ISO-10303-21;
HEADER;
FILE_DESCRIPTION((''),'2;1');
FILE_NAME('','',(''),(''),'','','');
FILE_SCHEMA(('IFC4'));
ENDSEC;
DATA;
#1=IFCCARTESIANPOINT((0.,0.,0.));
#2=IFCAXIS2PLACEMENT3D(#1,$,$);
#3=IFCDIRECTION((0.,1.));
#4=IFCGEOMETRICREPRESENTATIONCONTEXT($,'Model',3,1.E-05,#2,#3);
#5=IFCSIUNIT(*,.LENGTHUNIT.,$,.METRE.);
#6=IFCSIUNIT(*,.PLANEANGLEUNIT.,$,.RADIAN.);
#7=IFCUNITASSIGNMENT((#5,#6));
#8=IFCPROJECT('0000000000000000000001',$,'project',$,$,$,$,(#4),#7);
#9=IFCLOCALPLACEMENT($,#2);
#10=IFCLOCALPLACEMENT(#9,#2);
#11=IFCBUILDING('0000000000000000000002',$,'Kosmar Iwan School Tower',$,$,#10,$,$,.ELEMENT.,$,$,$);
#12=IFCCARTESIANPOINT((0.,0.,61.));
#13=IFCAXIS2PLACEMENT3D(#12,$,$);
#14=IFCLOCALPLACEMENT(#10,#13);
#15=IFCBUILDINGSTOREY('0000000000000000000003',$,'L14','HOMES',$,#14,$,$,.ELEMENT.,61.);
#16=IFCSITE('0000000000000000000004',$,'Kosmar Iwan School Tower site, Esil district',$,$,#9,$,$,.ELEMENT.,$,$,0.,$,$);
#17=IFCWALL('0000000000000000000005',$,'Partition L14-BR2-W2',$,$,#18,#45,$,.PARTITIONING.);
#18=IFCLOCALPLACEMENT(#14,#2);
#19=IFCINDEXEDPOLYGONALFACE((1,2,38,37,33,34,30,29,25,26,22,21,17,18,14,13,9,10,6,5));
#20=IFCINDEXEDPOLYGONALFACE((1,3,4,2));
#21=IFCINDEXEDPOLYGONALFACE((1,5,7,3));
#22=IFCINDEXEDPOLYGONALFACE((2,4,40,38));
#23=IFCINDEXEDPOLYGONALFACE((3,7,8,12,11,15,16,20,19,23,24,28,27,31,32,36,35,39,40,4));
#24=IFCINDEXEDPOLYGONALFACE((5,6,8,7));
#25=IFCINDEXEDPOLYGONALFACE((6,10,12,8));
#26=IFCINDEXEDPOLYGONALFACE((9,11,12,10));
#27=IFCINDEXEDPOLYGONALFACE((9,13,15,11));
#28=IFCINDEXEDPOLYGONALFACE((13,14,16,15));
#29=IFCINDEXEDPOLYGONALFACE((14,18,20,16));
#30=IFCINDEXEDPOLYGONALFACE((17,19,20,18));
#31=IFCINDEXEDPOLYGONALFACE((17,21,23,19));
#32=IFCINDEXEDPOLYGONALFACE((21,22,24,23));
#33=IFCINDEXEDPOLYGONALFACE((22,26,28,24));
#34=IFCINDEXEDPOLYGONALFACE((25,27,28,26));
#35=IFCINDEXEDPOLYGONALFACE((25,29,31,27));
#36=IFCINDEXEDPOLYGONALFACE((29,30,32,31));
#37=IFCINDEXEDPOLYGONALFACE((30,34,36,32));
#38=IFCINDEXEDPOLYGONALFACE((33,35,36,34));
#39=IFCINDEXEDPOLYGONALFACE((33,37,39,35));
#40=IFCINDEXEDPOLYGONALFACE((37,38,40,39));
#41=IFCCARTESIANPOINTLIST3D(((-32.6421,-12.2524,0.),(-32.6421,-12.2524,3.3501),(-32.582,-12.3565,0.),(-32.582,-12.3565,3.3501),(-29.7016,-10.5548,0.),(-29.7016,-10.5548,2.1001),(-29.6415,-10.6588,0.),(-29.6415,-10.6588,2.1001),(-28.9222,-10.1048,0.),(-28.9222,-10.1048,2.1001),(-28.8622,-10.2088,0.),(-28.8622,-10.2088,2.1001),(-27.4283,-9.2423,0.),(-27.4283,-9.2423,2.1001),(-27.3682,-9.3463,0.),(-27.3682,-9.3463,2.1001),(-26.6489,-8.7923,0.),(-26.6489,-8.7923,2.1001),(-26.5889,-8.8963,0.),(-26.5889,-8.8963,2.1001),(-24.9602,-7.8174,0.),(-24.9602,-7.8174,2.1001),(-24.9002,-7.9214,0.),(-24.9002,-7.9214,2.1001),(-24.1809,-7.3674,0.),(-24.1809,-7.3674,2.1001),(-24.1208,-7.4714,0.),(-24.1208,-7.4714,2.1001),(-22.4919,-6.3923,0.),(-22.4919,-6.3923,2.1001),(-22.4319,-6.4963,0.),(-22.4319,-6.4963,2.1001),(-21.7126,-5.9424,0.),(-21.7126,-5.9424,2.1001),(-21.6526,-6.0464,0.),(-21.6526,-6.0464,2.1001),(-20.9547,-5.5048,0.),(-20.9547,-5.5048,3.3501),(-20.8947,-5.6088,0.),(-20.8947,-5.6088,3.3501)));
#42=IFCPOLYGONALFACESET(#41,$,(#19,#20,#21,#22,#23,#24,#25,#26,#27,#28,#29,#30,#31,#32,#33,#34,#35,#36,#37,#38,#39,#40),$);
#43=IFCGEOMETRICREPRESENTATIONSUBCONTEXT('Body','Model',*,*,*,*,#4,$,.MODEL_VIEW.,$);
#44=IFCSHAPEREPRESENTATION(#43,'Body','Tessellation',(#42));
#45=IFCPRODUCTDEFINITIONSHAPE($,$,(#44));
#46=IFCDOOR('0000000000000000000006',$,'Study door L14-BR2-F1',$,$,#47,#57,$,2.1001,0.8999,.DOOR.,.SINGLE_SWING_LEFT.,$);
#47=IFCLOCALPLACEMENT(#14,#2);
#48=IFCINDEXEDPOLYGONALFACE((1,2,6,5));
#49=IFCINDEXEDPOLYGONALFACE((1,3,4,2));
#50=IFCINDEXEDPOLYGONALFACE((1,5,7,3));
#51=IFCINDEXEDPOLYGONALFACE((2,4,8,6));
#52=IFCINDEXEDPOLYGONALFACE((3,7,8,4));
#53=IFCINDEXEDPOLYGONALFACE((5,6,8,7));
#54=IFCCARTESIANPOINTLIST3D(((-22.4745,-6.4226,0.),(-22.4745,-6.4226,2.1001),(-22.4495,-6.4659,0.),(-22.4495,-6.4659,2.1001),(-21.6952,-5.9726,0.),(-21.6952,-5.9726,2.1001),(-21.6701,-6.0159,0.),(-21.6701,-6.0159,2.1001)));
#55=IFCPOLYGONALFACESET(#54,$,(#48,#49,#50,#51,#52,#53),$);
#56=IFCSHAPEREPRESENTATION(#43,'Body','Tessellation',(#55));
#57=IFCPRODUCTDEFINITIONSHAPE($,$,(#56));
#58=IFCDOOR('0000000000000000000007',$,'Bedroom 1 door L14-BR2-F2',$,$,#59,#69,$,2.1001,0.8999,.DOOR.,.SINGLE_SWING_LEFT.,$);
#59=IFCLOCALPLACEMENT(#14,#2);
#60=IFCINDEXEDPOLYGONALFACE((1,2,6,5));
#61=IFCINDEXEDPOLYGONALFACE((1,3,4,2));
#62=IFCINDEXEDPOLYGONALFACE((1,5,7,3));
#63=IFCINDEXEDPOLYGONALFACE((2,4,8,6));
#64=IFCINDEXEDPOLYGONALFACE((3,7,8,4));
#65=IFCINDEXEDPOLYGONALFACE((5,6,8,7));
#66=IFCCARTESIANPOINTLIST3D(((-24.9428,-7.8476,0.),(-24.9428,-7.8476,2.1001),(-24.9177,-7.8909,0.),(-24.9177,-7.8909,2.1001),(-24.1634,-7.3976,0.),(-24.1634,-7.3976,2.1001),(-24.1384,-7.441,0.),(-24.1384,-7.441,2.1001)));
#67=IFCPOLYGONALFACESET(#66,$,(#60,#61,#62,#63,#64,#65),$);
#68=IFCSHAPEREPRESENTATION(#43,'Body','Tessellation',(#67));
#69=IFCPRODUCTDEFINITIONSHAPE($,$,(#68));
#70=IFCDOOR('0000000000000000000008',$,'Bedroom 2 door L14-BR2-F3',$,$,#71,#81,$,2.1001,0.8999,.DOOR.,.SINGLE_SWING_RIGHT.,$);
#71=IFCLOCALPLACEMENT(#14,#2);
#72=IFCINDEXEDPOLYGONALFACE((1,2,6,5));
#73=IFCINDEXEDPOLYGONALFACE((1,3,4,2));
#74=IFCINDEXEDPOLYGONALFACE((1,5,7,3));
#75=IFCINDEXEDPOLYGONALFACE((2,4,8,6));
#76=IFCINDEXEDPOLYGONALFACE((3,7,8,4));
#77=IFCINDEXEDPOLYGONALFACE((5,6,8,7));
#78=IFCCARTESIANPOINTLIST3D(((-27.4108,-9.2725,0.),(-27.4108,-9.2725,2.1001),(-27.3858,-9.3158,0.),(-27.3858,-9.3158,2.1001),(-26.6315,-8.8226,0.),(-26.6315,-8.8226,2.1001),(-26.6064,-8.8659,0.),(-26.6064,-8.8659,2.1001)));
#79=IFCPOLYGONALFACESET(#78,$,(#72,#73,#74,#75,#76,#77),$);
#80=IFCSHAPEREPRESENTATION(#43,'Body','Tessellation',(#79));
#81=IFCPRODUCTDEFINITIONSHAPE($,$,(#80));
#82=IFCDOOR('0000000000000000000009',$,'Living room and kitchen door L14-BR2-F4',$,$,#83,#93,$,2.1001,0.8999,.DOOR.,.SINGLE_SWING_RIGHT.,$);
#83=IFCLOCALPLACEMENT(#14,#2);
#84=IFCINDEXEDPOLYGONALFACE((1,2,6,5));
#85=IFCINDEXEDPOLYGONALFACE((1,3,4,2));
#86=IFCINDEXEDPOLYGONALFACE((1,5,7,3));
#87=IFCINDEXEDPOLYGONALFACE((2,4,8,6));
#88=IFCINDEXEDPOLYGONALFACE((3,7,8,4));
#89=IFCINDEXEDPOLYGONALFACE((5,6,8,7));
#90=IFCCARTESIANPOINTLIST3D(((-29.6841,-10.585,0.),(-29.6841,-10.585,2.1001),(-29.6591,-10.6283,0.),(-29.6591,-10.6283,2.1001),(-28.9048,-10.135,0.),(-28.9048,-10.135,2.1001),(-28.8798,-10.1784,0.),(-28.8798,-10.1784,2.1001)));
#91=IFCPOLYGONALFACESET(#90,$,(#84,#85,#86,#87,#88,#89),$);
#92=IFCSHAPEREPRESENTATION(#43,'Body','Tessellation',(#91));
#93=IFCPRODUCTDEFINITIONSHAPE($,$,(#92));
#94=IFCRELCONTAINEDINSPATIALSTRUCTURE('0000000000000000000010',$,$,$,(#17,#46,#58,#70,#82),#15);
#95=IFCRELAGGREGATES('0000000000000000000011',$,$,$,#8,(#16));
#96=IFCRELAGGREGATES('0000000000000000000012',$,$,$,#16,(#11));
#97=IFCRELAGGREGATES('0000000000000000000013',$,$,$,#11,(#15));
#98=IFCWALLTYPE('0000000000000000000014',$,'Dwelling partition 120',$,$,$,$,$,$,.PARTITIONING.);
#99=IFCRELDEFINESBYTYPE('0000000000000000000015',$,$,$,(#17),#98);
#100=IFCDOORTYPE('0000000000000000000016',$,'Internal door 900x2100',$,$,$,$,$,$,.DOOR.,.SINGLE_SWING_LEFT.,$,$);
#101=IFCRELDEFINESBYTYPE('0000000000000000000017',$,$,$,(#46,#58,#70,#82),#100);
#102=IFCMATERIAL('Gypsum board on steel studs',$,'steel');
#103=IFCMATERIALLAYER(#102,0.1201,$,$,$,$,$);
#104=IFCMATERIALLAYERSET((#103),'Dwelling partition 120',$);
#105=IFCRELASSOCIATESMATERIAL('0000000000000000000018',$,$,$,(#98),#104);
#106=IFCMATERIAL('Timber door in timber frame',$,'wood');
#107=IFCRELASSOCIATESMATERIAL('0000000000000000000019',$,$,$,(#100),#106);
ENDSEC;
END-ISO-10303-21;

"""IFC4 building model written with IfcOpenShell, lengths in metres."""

from ifc_helpers import new_model, si_unit, direction, frame, frame_2d, origin, place, context, subcontext, project, spatial, rectangle, extrude, material, layer, layer_set, type_object, element, fill, save


model = new_model("IFC4")

# Units and contexts
model_context = context("Model", 3, precision=1e-05, world=origin(), true_north=direction((0.0, 1.0)))
body_context = subcontext(model_context, "Body", "Model", "MODEL_VIEW")
ifc_project = project(units=[si_unit("LENGTHUNIT", "METRE"), si_unit("PLANEANGLEUNIT", "RADIAN")], contexts=[model_context])

# Site, building, storey
site_placement = place(None, origin())
site = spatial("IfcSite", under=ifc_project, at=site_placement, Name="Kosmar Iwan School Tower site, Esil district", CompositionType="ELEMENT", RefElevation=0.0)
building_placement = place(site_placement, origin())
building = spatial("IfcBuilding", under=site, at=building_placement, Name="Kosmar Iwan School Tower", CompositionType="ELEMENT")
storey_placement = place(building_placement, frame((0.0, 0.0, 61.0)))
storey = spatial("IfcBuildingStorey", under=building, at=storey_placement, Name="L14", Description="HOMES", CompositionType="ELEMENT", Elevation=61.0)

# Shared definitions
ifc_material_1 = material(Name="Gypsum board on steel studs", Category="steel")
ifc_layer = layer(ifc_material_1, 0.1201)
ifc_layer_set = layer_set([ifc_layer], Name="Dwelling partition 120")
wall_type = type_object("IfcWallType", Name="Dwelling partition 120", PredefinedType="PARTITIONING", material=ifc_layer_set)

# Wall, openings, doors
wall_1_placement = place(storey_placement, frame((-20.9248, -5.5569, 0.0), z_axis=(0.0, 0.0, 1.0), x_axis=(-0.866028, -0.499995, 0.0)))
wall_1 = element("IfcWall", 1, at=wall_1_placement, inside=storey, type_object=wall_type, Name="Partition L14-BR2-W2", PredefinedType="PARTITIONING", context=body_context, shape_type="SweptSolid", body=[
    extrude(rectangle(XDim=13.4954, YDim=0.1201, at=frame_2d((6.7476, 0.0))), origin(), (0.0, 0.0, 1.0), 3.3501),
])
opening_1_placement = place(wall_1_placement, frame((0.875, 0.0, 0.0)))
opening_1 = element("IfcOpeningElement", 2, at=opening_1_placement, cuts=wall_1, PredefinedType="OPENING", context=body_context, shape_type="SweptSolid", body=[
    extrude(rectangle(XDim=0.8999, YDim=2.1001, at=frame_2d((0.45, 1.05))), frame((0.0, 0.072, 0.0), z_axis=(0.0, -1.0, 0.0), x_axis=(1.0, 0.0, 0.0)), (0.0, 0.0, 1.0), 0.144),
])
opening_2_placement = place(wall_1_placement, frame((3.7251, 0.0, 0.0)))
opening_2 = element("IfcOpeningElement", 3, at=opening_2_placement, cuts=wall_1, PredefinedType="OPENING", context=body_context, shape_type="SweptSolid", body=[
    extrude(rectangle(XDim=0.8999, YDim=2.1001, at=frame_2d((0.45, 1.05))), frame((0.0, 0.072, 0.0), z_axis=(0.0, -1.0, 0.0), x_axis=(1.0, 0.0, 0.0)), (0.0, 0.0, 1.0), 0.144),
])
opening_3_placement = place(wall_1_placement, frame((6.575, 0.0, 0.0)))
opening_3 = element("IfcOpeningElement", 4, at=opening_3_placement, cuts=wall_1, PredefinedType="OPENING", context=body_context, shape_type="SweptSolid", body=[
    extrude(rectangle(XDim=0.8999, YDim=2.1001, at=frame_2d((0.45, 1.05))), frame((0.0, 0.072, 0.0), z_axis=(0.0, -1.0, 0.0), x_axis=(1.0, 0.0, 0.0)), (0.0, 0.0, 1.0), 0.144),
])
opening_4_placement = place(wall_1_placement, frame((9.2, 0.0, 0.0)))
opening_4 = element("IfcOpeningElement", 5, at=opening_4_placement, cuts=wall_1, PredefinedType="OPENING", context=body_context, shape_type="SweptSolid", body=[
    extrude(rectangle(XDim=0.8999, YDim=2.1001, at=frame_2d((0.45, 1.05))), frame((0.0, 0.072, 0.0), z_axis=(0.0, -1.0, 0.0), x_axis=(1.0, 0.0, 0.0)), (0.0, 0.0, 1.0), 0.144),
])
ifc_material_2 = material(Name="Timber door in timber frame", Category="wood")
door_type = type_object("IfcDoorType", Name="Internal door 900x2100", OperationType="SINGLE_SWING_LEFT", PredefinedType="DOOR", material=ifc_material_2)
door_1_placement = place(opening_1_placement, origin())
door_1 = element("IfcDoor", 6, at=door_1_placement, inside=storey, type_object=door_type, Name="Study door L14-BR2-F1", OperationType="SINGLE_SWING_LEFT", OverallHeight=2.1001, OverallWidth=0.8999, PredefinedType="DOOR", context=body_context, shape_type="SweptSolid", body=[
    extrude(rectangle(XDim=0.8999, YDim=2.1001, at=frame_2d((0.45, 1.05))), frame((0.0, 0.0249, 0.0), z_axis=(0.0, -1.0, 0.0), x_axis=(1.0, 0.0, 0.0)), (0.0, 0.0, 1.0), 0.05),
])
fill(opening_1, door_1)
door_2_placement = place(opening_2_placement, origin())
door_2 = element("IfcDoor", 7, at=door_2_placement, inside=storey, type_object=door_type, Name="Bedroom 1 door L14-BR2-F2", OperationType="SINGLE_SWING_LEFT", OverallHeight=2.1001, OverallWidth=0.8999, PredefinedType="DOOR", context=body_context, shape_type="SweptSolid", body=[
    extrude(rectangle(XDim=0.8999, YDim=2.1001, at=frame_2d((0.45, 1.05))), frame((0.0, 0.0249, 0.0), z_axis=(0.0, -1.0, 0.0), x_axis=(1.0, 0.0, 0.0)), (0.0, 0.0, 1.0), 0.05),
])
fill(opening_2, door_2)
door_3_placement = place(opening_3_placement, origin())
door_3 = element("IfcDoor", 8, at=door_3_placement, inside=storey, type_object=door_type, Name="Bedroom 2 door L14-BR2-F3", OperationType="SINGLE_SWING_RIGHT", OverallHeight=2.1001, OverallWidth=0.8999, PredefinedType="DOOR", context=body_context, shape_type="SweptSolid", body=[
    extrude(rectangle(XDim=0.8999, YDim=2.1001, at=frame_2d((0.45, 1.05))), frame((0.0, 0.0249, 0.0), z_axis=(0.0, -1.0, 0.0), x_axis=(1.0, 0.0, 0.0)), (0.0, 0.0, 1.0), 0.05),
])
fill(opening_3, door_3)
door_4_placement = place(opening_4_placement, origin())
door_4 = element("IfcDoor", 9, at=door_4_placement, inside=storey, type_object=door_type, Name="Living room and kitchen door L14-BR2-F4", OperationType="SINGLE_SWING_RIGHT", OverallHeight=2.1001, OverallWidth=0.8999, PredefinedType="DOOR", context=body_context, shape_type="SweptSolid", body=[
    extrude(rectangle(XDim=0.8999, YDim=2.1001, at=frame_2d((0.45, 1.05))), frame((0.0, 0.0249, 0.0), z_axis=(0.0, -1.0, 0.0), x_axis=(1.0, 0.0, 0.0)), (0.0, 0.0, 1.0), 0.05),
])
fill(opening_4, door_4)

save(model, "model.ifc")
